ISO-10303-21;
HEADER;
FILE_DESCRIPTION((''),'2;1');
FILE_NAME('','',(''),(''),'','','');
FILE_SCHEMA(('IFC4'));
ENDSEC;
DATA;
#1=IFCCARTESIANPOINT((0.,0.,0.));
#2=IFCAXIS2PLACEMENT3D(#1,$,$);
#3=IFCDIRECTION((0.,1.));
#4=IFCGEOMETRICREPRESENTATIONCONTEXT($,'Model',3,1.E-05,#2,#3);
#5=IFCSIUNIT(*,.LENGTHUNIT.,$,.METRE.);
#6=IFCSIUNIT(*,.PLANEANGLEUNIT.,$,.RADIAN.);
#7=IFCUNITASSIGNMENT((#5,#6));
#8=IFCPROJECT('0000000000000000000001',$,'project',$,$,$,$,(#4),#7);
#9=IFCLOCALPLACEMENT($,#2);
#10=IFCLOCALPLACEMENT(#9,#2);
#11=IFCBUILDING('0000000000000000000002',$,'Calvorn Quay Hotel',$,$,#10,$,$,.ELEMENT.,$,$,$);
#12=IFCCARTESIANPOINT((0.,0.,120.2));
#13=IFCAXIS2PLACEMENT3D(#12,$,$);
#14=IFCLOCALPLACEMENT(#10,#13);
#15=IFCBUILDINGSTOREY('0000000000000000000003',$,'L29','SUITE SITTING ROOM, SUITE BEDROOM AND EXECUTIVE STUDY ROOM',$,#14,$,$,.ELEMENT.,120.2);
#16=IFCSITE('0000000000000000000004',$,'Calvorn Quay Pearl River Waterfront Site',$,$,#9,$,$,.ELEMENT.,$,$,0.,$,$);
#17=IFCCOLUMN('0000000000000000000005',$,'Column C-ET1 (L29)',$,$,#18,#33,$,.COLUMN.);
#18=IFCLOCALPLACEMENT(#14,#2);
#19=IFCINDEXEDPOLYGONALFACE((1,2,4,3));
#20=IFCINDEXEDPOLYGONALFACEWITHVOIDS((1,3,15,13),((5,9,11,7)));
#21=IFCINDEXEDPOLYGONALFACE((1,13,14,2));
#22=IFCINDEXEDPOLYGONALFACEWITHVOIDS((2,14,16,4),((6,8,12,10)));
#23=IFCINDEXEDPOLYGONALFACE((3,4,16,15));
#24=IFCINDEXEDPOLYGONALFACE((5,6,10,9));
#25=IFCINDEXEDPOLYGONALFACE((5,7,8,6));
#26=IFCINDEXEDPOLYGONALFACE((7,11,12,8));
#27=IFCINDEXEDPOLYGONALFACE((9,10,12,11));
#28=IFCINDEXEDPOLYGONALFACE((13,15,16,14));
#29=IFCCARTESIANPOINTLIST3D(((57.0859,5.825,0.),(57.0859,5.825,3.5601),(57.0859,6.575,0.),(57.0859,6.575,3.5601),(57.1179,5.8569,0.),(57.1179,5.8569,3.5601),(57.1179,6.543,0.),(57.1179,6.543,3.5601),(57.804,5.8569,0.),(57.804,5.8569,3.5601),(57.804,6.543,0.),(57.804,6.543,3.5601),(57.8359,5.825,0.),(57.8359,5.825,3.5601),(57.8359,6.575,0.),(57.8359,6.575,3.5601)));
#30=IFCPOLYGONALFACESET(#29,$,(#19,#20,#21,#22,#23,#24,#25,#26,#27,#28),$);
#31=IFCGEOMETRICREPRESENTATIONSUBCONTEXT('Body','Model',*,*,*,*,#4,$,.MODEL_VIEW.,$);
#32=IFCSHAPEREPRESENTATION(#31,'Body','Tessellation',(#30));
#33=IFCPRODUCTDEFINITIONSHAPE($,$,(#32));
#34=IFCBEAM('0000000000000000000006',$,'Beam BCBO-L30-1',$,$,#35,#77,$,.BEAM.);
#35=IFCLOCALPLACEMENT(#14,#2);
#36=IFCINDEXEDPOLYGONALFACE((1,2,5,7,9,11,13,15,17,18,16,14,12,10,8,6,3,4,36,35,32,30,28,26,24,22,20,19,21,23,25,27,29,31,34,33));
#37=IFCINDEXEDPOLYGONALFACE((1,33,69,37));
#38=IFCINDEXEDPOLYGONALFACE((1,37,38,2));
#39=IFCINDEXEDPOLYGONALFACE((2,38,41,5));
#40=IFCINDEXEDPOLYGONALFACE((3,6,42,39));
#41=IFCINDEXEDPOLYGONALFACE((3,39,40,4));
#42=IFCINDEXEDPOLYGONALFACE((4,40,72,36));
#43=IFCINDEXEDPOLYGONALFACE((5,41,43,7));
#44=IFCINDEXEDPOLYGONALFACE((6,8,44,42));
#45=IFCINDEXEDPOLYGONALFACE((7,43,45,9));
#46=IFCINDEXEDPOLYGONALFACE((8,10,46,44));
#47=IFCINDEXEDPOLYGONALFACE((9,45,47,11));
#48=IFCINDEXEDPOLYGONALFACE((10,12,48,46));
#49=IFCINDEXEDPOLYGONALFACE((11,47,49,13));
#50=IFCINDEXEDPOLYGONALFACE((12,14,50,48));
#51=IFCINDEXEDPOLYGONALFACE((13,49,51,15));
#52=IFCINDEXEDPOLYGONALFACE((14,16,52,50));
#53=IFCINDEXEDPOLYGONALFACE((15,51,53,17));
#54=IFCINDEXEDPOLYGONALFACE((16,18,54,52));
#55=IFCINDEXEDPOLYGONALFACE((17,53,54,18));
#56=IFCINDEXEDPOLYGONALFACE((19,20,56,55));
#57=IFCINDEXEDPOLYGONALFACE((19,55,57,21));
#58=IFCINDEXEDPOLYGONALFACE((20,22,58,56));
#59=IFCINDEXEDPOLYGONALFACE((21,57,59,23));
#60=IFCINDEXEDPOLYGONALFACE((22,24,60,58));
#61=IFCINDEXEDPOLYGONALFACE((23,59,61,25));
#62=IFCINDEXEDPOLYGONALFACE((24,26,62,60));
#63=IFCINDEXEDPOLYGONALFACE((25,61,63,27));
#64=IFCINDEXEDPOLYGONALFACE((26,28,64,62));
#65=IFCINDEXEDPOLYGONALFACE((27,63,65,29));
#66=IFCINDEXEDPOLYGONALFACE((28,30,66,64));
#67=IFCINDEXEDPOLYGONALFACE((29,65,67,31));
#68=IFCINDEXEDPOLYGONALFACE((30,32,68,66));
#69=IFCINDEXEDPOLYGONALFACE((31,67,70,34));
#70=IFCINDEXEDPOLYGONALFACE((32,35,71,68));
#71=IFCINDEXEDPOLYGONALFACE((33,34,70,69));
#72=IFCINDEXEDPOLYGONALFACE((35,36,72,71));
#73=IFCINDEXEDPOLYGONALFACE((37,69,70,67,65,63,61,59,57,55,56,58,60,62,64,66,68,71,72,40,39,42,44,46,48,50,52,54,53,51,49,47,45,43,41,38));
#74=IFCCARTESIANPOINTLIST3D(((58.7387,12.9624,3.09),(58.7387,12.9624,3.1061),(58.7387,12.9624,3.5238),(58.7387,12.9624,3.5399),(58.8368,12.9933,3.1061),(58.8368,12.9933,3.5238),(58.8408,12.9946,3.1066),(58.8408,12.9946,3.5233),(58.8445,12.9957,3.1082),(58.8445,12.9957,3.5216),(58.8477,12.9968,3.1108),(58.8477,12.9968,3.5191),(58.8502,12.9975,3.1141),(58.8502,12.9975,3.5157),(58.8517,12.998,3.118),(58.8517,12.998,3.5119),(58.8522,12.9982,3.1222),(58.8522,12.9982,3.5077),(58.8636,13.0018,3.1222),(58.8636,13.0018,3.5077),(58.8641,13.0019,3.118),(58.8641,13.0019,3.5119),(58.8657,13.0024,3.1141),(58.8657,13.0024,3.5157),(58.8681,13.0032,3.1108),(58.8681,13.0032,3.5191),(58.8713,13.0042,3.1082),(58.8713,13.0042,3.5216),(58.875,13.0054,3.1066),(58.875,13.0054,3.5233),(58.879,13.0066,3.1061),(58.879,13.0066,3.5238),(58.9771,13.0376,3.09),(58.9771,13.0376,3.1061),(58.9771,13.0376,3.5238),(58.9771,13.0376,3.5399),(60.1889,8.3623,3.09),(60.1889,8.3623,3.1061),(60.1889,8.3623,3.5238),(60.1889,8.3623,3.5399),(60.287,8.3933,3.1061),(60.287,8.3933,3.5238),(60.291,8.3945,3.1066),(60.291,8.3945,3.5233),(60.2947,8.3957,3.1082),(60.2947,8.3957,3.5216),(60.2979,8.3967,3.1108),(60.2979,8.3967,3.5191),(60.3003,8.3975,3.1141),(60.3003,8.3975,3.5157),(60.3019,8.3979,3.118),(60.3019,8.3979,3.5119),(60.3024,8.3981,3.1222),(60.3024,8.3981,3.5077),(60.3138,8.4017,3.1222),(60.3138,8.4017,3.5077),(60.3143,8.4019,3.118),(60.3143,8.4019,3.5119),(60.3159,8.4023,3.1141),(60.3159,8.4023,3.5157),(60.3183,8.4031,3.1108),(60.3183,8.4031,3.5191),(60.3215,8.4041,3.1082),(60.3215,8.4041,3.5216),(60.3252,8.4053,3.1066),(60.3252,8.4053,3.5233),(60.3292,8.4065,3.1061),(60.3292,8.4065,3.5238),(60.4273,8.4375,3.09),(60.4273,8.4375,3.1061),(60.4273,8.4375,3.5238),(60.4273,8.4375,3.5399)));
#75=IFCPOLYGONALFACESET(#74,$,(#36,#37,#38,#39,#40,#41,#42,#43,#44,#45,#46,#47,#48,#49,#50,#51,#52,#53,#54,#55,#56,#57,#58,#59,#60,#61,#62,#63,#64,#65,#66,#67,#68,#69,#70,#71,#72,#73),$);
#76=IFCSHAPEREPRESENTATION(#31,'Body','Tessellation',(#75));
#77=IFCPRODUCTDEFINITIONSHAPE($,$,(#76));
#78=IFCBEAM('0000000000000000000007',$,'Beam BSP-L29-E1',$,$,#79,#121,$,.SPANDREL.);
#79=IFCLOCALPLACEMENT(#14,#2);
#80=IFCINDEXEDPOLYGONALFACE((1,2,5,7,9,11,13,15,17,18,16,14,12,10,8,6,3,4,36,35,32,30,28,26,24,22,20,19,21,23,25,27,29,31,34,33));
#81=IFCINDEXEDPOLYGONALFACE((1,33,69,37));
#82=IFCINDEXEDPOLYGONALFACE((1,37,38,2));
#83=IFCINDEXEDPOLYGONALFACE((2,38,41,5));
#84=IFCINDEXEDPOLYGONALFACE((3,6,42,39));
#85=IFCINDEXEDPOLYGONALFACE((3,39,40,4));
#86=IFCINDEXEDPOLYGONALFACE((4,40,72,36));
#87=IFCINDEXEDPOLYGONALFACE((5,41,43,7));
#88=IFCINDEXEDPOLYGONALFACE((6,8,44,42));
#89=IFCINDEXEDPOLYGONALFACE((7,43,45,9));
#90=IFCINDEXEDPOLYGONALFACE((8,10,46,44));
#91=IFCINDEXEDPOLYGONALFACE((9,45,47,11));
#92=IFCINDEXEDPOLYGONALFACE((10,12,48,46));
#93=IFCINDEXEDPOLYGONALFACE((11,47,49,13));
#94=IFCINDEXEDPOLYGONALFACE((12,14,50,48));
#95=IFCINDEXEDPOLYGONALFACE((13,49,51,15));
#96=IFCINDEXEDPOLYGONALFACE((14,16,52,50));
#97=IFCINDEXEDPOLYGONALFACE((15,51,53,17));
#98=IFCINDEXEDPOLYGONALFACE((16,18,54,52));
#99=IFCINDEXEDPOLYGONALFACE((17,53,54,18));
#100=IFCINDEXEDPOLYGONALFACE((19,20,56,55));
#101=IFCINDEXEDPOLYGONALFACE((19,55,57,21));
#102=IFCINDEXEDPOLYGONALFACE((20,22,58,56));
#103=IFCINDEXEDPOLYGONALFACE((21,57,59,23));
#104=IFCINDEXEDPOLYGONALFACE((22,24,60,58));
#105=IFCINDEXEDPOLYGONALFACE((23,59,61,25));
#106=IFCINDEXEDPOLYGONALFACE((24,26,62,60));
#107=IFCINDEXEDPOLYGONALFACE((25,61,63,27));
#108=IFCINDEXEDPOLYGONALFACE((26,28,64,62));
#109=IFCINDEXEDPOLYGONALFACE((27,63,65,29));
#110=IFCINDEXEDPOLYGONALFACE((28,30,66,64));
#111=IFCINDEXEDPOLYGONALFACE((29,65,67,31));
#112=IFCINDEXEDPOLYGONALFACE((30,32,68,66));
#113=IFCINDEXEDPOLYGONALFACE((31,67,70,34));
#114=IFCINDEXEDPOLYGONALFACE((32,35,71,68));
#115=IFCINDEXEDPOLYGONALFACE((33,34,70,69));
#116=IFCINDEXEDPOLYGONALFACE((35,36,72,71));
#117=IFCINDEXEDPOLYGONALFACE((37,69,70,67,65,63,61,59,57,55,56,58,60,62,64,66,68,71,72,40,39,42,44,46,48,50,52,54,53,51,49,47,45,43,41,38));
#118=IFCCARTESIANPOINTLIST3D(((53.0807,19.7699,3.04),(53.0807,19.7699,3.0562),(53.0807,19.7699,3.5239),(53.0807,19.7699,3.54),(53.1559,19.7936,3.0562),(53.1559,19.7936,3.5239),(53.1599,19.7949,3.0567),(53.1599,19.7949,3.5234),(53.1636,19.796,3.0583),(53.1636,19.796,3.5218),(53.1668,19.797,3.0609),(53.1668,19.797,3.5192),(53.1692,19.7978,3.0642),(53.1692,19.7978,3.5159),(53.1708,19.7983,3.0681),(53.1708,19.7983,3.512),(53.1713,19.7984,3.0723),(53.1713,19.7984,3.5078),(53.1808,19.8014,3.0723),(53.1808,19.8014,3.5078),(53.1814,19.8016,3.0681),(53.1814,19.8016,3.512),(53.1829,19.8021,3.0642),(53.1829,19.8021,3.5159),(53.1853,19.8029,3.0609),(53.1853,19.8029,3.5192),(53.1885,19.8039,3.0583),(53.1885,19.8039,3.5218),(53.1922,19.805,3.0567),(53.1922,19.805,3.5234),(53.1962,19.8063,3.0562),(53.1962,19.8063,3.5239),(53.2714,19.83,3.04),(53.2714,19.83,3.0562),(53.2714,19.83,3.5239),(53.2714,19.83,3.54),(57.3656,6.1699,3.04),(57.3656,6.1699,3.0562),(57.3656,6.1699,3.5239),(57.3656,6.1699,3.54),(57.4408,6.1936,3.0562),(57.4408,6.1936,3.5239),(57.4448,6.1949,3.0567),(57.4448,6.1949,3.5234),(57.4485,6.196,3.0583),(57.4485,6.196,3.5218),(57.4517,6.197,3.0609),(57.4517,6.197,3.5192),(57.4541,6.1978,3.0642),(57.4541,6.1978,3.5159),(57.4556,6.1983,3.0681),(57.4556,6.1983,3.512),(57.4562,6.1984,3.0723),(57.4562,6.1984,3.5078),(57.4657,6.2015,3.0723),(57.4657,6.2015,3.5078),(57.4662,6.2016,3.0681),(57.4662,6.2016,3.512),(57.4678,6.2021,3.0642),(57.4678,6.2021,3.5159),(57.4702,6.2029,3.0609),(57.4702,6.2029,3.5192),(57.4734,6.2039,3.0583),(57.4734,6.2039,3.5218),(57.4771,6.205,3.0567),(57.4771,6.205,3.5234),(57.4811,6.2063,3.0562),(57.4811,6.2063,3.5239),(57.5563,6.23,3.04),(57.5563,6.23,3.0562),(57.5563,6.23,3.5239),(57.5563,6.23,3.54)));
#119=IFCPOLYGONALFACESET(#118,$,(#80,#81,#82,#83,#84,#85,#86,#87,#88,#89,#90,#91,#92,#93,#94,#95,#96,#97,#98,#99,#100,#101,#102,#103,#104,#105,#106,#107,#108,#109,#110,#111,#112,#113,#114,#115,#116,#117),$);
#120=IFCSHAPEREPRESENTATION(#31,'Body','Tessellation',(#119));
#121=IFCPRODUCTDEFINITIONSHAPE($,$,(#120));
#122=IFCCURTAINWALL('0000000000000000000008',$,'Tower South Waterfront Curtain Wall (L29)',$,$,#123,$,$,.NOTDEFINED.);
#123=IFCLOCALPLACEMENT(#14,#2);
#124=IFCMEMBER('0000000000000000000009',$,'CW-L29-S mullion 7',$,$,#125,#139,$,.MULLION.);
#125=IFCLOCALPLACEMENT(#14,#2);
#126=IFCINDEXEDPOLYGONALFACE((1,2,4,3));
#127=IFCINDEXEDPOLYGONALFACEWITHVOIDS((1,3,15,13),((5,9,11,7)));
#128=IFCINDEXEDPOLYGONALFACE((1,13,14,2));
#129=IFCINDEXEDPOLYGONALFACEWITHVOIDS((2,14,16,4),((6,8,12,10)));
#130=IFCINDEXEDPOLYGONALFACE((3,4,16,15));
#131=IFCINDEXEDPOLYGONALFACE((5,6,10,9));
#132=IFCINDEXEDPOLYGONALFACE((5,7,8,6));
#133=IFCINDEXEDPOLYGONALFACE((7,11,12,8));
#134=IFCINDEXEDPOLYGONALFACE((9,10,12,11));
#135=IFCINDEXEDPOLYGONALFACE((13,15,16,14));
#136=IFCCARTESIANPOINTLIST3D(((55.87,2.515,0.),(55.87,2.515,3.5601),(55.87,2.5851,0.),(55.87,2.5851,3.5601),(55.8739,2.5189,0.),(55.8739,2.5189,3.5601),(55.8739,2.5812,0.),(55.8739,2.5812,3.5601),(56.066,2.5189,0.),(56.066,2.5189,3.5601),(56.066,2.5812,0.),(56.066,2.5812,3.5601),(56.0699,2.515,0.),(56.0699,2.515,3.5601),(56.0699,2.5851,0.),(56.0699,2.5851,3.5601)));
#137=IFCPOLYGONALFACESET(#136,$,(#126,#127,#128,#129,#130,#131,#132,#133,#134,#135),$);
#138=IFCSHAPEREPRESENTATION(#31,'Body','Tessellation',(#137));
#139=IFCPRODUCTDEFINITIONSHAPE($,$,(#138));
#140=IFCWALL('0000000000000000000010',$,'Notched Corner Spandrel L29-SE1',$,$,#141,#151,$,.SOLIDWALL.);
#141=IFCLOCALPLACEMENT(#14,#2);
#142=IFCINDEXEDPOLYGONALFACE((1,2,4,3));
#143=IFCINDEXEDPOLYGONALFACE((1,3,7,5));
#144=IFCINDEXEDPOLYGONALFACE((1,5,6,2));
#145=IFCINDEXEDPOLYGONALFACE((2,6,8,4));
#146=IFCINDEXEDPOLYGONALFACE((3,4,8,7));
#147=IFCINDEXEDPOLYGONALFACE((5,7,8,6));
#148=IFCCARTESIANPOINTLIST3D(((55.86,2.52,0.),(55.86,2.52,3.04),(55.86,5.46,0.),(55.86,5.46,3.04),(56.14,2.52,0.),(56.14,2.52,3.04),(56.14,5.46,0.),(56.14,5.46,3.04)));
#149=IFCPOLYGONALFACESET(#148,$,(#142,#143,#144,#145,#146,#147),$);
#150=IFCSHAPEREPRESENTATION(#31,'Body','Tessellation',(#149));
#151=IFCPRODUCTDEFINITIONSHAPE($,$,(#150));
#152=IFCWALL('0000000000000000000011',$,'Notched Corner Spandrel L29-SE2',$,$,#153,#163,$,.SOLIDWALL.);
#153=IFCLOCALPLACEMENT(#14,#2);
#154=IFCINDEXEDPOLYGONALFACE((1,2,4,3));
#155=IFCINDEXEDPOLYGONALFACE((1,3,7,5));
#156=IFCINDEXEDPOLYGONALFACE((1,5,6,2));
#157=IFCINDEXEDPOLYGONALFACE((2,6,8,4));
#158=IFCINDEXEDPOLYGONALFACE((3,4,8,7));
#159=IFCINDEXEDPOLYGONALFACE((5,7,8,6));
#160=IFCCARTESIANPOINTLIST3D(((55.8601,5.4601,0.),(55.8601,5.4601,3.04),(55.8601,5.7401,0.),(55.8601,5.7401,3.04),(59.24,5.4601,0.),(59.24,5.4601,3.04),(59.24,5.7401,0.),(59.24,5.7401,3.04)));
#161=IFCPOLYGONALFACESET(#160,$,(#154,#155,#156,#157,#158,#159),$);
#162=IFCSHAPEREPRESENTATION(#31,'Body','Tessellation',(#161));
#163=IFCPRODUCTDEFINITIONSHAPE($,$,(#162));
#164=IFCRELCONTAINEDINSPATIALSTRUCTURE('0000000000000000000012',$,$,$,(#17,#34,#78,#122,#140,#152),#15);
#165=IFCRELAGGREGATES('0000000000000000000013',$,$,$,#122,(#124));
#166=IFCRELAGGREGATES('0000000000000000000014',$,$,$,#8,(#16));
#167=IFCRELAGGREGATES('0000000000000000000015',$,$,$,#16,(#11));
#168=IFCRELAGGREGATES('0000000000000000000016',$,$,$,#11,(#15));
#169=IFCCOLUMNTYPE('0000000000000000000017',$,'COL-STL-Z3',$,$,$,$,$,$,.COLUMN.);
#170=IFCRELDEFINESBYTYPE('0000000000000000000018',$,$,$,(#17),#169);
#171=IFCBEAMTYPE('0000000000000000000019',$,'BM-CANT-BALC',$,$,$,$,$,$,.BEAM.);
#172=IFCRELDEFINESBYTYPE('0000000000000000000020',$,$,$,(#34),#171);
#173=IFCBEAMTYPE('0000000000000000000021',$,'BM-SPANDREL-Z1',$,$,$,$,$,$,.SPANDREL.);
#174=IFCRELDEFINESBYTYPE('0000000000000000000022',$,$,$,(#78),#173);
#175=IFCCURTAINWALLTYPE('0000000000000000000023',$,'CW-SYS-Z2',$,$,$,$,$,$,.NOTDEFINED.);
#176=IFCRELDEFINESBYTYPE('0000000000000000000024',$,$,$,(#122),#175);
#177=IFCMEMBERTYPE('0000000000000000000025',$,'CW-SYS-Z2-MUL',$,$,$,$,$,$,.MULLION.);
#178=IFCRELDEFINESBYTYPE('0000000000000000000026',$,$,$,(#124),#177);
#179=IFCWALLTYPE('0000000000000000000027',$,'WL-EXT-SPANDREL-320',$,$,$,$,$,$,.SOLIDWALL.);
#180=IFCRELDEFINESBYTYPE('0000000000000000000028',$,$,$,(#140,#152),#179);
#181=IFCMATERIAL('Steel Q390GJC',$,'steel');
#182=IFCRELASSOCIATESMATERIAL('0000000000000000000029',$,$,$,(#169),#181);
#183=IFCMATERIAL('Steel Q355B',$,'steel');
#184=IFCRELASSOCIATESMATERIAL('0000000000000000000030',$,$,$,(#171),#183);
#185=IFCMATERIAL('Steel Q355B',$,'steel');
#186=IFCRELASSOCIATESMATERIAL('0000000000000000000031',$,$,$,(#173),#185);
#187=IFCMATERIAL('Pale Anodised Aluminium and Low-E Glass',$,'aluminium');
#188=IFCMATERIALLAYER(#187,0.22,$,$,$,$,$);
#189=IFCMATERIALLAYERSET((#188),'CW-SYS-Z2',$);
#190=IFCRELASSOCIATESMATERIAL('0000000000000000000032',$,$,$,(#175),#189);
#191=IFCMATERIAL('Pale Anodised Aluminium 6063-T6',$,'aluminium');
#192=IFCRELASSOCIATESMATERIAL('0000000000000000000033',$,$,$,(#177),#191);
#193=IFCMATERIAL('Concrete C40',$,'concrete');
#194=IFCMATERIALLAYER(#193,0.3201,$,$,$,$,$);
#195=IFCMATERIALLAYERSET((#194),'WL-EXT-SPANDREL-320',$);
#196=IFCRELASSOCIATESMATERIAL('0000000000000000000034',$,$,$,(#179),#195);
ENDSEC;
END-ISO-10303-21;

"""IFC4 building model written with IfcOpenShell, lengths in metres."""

from ifc_helpers import new_model, si_unit, direction, frame, frame_2d, origin, origin_2d, place, context, subcontext, project, spatial, rectangle, hollow_rectangle, i_section, extrude, material, layer, layer_set, material_profile, profile_set, type_object, element, aggregate, save


model = new_model("IFC4")

# Units and contexts
model_context = context("Model", 3, precision=1e-05, world=origin(), true_north=direction((0.0, 1.0)))
body_context = subcontext(model_context, "Body", "Model", "MODEL_VIEW")
ifc_project = project(units=[si_unit("LENGTHUNIT", "METRE"), si_unit("PLANEANGLEUNIT", "RADIAN")], contexts=[model_context])

# Site, building, storey
site_placement = place(None, origin())
site = spatial("IfcSite", under=ifc_project, at=site_placement, Name="Calvorn Quay Pearl River Waterfront Site", CompositionType="ELEMENT", RefElevation=0.0)
building_placement = place(site_placement, origin())
building = spatial("IfcBuilding", under=site, at=building_placement, Name="Calvorn Quay Hotel", CompositionType="ELEMENT")
storey_placement = place(building_placement, frame((0.0, 0.0, 120.2)))
storey = spatial("IfcBuildingStorey", under=building, at=storey_placement, Name="L29", Description="SUITE SITTING ROOM, SUITE BEDROOM AND EXECUTIVE STUDY ROOM", CompositionType="ELEMENT", Elevation=120.2)

# Column
ifc_material_1 = material(Name="Steel Q390GJC", Category="steel")
ifc_material_profile_1 = material_profile(ifc_material_1, hollow_rectangle(XDim=0.75, YDim=0.75, WallThickness=0.032, at=origin_2d()), Name="BOX750x750x32")
ifc_profile_set_1 = profile_set([ifc_material_profile_1], Name="Steel Q390GJC")
column_type = type_object("IfcColumnType", Name="COL-STL-Z3", PredefinedType="COLUMN", material=ifc_profile_set_1)
column_placement = place(storey_placement, frame((57.4609, 6.2, 0.0), z_axis=(0.0, 0.0, 1.0), x_axis=(1.0, 0.0, 0.0)))
element("IfcColumn", 1, at=column_placement, inside=storey, type_object=column_type, Name="Column C-ET1 (L29)", PredefinedType="COLUMN", context=body_context, shape_type="SweptSolid", body=[
    extrude(hollow_rectangle(XDim=0.75, YDim=0.75, WallThickness=0.032, at=origin_2d()), origin(), (0.0, 0.0, 1.0), 3.5601),
])

# Beams
ifc_material_2 = material(Name="Steel Q355B", Category="steel")
ifc_material_profile_2 = material_profile(ifc_material_2, i_section(OverallWidth=0.25, OverallDepth=0.45, WebThickness=0.012, FlangeThickness=0.0161, FilletRadius=0.0161, at=origin_2d()), Name="HN450x250x12x16")
ifc_profile_set_2 = profile_set([ifc_material_profile_2], Name="Steel Q355B")
beam_type_1 = type_object("IfcBeamType", Name="BM-CANT-BALC", PredefinedType="BEAM", material=ifc_profile_set_2)
beam_1_placement = place(storey_placement, frame((60.3081, 8.3999, 3.3149), z_axis=(-0.300666, 0.953729, 0.0), x_axis=(-0.953729, -0.300666, 0.0)))
element("IfcBeam", 2, at=beam_1_placement, inside=storey, type_object=beam_type_1, Name="Beam BCBO-L30-1", PredefinedType="BEAM", context=body_context, shape_type="SweptSolid", body=[
    extrude(i_section(OverallWidth=0.25, OverallDepth=0.45, WebThickness=0.012, FlangeThickness=0.0161, FilletRadius=0.0161, at=origin_2d()), origin(), (0.0, 0.0, 1.0), 4.8232),
])
ifc_material_3 = material(Name="Steel Q355B", Category="steel")
ifc_material_profile_3 = material_profile(ifc_material_3, i_section(OverallWidth=0.2, OverallDepth=0.5, WebThickness=0.01, FlangeThickness=0.0161, FilletRadius=0.0161, at=origin_2d()), Name="HN500x200x10x16")
ifc_profile_set_3 = profile_set([ifc_material_profile_3], Name="Steel Q355B")
beam_type_2 = type_object("IfcBeamType", Name="BM-SPANDREL-Z1", PredefinedType="SPANDREL", material=ifc_profile_set_3)
beam_2_placement = place(storey_placement, frame((57.4609, 6.2, 3.29), z_axis=(-0.300503, 0.953781, 0.0), x_axis=(-0.953781, -0.300503, 0.0)))
element("IfcBeam", 3, at=beam_2_placement, inside=storey, type_object=beam_type_2, Name="Beam BSP-L29-E1", PredefinedType="SPANDREL", context=body_context, shape_type="SweptSolid", body=[
    extrude(i_section(OverallWidth=0.2, OverallDepth=0.5, WebThickness=0.01, FlangeThickness=0.0161, FilletRadius=0.0161, at=origin_2d()), origin(), (0.0, 0.0, 1.0), 14.259),
])

# Curtain wall, member
ifc_material_4 = material(Name="Pale Anodised Aluminium and Low-E Glass", Category="aluminium")
ifc_layer_1 = layer(ifc_material_4, 0.22)
ifc_layer_set_1 = layer_set([ifc_layer_1], Name="CW-SYS-Z2")
curtain_wall_type = type_object("IfcCurtainWallType", Name="CW-SYS-Z2", PredefinedType="NOTDEFINED", material=ifc_layer_set_1)
curtain_wall_placement = place(storey_placement, origin())
curtain_wall = element("IfcCurtainWall", 4, at=curtain_wall_placement, inside=storey, type_object=curtain_wall_type, Name="Tower South Waterfront Curtain Wall (L29)", PredefinedType="NOTDEFINED")
ifc_material_5 = material(Name="Pale Anodised Aluminium 6063-T6", Category="aluminium")
ifc_material_profile_4 = material_profile(ifc_material_5, hollow_rectangle(XDim=0.0701, YDim=0.2, WallThickness=0.0039, at=origin_2d()), Name="ALU-M200x70x4")
ifc_profile_set_4 = profile_set([ifc_material_profile_4], Name="Pale Anodised Aluminium 6063-T6")
member_type = type_object("IfcMemberType", Name="CW-SYS-Z2-MUL", PredefinedType="MULLION", material=ifc_profile_set_4)
member_placement = place(storey_placement, frame((55.97, 2.55, 0.0), z_axis=(0.0, 0.0, 1.0), x_axis=(0.0, 1.0, 0.0)))
member = element("IfcMember", 5, at=member_placement, type_object=member_type, Name="CW-L29-S mullion 7", PredefinedType="MULLION", context=body_context, shape_type="SweptSolid", body=[
    extrude(hollow_rectangle(XDim=0.0701, YDim=0.2, WallThickness=0.0039, at=origin_2d()), origin(), (0.0, 0.0, 1.0), 3.5601),
])
aggregate(curtain_wall, [member])

# Walls
ifc_material_6 = material(Name="Concrete C40", Category="concrete")
ifc_layer_2 = layer(ifc_material_6, 0.3201)
ifc_layer_set_2 = layer_set([ifc_layer_2], Name="WL-EXT-SPANDREL-320")
wall_type_1 = type_object("IfcWallType", Name="WL-EXT-SPANDREL-320", PredefinedType="SOLIDWALL", material=ifc_layer_set_2)
wall_1_placement = place(storey_placement, frame((56.0, 2.52, 0.0), z_axis=(0.0, 0.0, 1.0), x_axis=(0.0, 1.0, 0.0)))
element("IfcWall", 6, at=wall_1_placement, inside=storey, type_object=wall_type_1, Name="Notched Corner Spandrel L29-SE1", PredefinedType="SOLIDWALL", context=body_context, shape_type="SweptSolid", body=[
    extrude(rectangle(XDim=2.9399, YDim=0.28, at=frame_2d((1.47, 0.0))), origin(), (0.0, 0.0, 1.0), 3.04),
])
wall_2_placement = place(storey_placement, frame((55.8601, 5.6001, 0.0), z_axis=(0.0, 0.0, 1.0), x_axis=(1.0, 0.0, 0.0)))
element("IfcWall", 7, at=wall_2_placement, inside=storey, type_object=wall_type_1, Name="Notched Corner Spandrel L29-SE2", PredefinedType="SOLIDWALL", context=body_context, shape_type="SweptSolid", body=[
    extrude(rectangle(XDim=3.3799, YDim=0.28, at=frame_2d((1.6899, 0.0))), origin(), (0.0, 0.0, 1.0), 3.04),
])

save(model, "model.ifc")
